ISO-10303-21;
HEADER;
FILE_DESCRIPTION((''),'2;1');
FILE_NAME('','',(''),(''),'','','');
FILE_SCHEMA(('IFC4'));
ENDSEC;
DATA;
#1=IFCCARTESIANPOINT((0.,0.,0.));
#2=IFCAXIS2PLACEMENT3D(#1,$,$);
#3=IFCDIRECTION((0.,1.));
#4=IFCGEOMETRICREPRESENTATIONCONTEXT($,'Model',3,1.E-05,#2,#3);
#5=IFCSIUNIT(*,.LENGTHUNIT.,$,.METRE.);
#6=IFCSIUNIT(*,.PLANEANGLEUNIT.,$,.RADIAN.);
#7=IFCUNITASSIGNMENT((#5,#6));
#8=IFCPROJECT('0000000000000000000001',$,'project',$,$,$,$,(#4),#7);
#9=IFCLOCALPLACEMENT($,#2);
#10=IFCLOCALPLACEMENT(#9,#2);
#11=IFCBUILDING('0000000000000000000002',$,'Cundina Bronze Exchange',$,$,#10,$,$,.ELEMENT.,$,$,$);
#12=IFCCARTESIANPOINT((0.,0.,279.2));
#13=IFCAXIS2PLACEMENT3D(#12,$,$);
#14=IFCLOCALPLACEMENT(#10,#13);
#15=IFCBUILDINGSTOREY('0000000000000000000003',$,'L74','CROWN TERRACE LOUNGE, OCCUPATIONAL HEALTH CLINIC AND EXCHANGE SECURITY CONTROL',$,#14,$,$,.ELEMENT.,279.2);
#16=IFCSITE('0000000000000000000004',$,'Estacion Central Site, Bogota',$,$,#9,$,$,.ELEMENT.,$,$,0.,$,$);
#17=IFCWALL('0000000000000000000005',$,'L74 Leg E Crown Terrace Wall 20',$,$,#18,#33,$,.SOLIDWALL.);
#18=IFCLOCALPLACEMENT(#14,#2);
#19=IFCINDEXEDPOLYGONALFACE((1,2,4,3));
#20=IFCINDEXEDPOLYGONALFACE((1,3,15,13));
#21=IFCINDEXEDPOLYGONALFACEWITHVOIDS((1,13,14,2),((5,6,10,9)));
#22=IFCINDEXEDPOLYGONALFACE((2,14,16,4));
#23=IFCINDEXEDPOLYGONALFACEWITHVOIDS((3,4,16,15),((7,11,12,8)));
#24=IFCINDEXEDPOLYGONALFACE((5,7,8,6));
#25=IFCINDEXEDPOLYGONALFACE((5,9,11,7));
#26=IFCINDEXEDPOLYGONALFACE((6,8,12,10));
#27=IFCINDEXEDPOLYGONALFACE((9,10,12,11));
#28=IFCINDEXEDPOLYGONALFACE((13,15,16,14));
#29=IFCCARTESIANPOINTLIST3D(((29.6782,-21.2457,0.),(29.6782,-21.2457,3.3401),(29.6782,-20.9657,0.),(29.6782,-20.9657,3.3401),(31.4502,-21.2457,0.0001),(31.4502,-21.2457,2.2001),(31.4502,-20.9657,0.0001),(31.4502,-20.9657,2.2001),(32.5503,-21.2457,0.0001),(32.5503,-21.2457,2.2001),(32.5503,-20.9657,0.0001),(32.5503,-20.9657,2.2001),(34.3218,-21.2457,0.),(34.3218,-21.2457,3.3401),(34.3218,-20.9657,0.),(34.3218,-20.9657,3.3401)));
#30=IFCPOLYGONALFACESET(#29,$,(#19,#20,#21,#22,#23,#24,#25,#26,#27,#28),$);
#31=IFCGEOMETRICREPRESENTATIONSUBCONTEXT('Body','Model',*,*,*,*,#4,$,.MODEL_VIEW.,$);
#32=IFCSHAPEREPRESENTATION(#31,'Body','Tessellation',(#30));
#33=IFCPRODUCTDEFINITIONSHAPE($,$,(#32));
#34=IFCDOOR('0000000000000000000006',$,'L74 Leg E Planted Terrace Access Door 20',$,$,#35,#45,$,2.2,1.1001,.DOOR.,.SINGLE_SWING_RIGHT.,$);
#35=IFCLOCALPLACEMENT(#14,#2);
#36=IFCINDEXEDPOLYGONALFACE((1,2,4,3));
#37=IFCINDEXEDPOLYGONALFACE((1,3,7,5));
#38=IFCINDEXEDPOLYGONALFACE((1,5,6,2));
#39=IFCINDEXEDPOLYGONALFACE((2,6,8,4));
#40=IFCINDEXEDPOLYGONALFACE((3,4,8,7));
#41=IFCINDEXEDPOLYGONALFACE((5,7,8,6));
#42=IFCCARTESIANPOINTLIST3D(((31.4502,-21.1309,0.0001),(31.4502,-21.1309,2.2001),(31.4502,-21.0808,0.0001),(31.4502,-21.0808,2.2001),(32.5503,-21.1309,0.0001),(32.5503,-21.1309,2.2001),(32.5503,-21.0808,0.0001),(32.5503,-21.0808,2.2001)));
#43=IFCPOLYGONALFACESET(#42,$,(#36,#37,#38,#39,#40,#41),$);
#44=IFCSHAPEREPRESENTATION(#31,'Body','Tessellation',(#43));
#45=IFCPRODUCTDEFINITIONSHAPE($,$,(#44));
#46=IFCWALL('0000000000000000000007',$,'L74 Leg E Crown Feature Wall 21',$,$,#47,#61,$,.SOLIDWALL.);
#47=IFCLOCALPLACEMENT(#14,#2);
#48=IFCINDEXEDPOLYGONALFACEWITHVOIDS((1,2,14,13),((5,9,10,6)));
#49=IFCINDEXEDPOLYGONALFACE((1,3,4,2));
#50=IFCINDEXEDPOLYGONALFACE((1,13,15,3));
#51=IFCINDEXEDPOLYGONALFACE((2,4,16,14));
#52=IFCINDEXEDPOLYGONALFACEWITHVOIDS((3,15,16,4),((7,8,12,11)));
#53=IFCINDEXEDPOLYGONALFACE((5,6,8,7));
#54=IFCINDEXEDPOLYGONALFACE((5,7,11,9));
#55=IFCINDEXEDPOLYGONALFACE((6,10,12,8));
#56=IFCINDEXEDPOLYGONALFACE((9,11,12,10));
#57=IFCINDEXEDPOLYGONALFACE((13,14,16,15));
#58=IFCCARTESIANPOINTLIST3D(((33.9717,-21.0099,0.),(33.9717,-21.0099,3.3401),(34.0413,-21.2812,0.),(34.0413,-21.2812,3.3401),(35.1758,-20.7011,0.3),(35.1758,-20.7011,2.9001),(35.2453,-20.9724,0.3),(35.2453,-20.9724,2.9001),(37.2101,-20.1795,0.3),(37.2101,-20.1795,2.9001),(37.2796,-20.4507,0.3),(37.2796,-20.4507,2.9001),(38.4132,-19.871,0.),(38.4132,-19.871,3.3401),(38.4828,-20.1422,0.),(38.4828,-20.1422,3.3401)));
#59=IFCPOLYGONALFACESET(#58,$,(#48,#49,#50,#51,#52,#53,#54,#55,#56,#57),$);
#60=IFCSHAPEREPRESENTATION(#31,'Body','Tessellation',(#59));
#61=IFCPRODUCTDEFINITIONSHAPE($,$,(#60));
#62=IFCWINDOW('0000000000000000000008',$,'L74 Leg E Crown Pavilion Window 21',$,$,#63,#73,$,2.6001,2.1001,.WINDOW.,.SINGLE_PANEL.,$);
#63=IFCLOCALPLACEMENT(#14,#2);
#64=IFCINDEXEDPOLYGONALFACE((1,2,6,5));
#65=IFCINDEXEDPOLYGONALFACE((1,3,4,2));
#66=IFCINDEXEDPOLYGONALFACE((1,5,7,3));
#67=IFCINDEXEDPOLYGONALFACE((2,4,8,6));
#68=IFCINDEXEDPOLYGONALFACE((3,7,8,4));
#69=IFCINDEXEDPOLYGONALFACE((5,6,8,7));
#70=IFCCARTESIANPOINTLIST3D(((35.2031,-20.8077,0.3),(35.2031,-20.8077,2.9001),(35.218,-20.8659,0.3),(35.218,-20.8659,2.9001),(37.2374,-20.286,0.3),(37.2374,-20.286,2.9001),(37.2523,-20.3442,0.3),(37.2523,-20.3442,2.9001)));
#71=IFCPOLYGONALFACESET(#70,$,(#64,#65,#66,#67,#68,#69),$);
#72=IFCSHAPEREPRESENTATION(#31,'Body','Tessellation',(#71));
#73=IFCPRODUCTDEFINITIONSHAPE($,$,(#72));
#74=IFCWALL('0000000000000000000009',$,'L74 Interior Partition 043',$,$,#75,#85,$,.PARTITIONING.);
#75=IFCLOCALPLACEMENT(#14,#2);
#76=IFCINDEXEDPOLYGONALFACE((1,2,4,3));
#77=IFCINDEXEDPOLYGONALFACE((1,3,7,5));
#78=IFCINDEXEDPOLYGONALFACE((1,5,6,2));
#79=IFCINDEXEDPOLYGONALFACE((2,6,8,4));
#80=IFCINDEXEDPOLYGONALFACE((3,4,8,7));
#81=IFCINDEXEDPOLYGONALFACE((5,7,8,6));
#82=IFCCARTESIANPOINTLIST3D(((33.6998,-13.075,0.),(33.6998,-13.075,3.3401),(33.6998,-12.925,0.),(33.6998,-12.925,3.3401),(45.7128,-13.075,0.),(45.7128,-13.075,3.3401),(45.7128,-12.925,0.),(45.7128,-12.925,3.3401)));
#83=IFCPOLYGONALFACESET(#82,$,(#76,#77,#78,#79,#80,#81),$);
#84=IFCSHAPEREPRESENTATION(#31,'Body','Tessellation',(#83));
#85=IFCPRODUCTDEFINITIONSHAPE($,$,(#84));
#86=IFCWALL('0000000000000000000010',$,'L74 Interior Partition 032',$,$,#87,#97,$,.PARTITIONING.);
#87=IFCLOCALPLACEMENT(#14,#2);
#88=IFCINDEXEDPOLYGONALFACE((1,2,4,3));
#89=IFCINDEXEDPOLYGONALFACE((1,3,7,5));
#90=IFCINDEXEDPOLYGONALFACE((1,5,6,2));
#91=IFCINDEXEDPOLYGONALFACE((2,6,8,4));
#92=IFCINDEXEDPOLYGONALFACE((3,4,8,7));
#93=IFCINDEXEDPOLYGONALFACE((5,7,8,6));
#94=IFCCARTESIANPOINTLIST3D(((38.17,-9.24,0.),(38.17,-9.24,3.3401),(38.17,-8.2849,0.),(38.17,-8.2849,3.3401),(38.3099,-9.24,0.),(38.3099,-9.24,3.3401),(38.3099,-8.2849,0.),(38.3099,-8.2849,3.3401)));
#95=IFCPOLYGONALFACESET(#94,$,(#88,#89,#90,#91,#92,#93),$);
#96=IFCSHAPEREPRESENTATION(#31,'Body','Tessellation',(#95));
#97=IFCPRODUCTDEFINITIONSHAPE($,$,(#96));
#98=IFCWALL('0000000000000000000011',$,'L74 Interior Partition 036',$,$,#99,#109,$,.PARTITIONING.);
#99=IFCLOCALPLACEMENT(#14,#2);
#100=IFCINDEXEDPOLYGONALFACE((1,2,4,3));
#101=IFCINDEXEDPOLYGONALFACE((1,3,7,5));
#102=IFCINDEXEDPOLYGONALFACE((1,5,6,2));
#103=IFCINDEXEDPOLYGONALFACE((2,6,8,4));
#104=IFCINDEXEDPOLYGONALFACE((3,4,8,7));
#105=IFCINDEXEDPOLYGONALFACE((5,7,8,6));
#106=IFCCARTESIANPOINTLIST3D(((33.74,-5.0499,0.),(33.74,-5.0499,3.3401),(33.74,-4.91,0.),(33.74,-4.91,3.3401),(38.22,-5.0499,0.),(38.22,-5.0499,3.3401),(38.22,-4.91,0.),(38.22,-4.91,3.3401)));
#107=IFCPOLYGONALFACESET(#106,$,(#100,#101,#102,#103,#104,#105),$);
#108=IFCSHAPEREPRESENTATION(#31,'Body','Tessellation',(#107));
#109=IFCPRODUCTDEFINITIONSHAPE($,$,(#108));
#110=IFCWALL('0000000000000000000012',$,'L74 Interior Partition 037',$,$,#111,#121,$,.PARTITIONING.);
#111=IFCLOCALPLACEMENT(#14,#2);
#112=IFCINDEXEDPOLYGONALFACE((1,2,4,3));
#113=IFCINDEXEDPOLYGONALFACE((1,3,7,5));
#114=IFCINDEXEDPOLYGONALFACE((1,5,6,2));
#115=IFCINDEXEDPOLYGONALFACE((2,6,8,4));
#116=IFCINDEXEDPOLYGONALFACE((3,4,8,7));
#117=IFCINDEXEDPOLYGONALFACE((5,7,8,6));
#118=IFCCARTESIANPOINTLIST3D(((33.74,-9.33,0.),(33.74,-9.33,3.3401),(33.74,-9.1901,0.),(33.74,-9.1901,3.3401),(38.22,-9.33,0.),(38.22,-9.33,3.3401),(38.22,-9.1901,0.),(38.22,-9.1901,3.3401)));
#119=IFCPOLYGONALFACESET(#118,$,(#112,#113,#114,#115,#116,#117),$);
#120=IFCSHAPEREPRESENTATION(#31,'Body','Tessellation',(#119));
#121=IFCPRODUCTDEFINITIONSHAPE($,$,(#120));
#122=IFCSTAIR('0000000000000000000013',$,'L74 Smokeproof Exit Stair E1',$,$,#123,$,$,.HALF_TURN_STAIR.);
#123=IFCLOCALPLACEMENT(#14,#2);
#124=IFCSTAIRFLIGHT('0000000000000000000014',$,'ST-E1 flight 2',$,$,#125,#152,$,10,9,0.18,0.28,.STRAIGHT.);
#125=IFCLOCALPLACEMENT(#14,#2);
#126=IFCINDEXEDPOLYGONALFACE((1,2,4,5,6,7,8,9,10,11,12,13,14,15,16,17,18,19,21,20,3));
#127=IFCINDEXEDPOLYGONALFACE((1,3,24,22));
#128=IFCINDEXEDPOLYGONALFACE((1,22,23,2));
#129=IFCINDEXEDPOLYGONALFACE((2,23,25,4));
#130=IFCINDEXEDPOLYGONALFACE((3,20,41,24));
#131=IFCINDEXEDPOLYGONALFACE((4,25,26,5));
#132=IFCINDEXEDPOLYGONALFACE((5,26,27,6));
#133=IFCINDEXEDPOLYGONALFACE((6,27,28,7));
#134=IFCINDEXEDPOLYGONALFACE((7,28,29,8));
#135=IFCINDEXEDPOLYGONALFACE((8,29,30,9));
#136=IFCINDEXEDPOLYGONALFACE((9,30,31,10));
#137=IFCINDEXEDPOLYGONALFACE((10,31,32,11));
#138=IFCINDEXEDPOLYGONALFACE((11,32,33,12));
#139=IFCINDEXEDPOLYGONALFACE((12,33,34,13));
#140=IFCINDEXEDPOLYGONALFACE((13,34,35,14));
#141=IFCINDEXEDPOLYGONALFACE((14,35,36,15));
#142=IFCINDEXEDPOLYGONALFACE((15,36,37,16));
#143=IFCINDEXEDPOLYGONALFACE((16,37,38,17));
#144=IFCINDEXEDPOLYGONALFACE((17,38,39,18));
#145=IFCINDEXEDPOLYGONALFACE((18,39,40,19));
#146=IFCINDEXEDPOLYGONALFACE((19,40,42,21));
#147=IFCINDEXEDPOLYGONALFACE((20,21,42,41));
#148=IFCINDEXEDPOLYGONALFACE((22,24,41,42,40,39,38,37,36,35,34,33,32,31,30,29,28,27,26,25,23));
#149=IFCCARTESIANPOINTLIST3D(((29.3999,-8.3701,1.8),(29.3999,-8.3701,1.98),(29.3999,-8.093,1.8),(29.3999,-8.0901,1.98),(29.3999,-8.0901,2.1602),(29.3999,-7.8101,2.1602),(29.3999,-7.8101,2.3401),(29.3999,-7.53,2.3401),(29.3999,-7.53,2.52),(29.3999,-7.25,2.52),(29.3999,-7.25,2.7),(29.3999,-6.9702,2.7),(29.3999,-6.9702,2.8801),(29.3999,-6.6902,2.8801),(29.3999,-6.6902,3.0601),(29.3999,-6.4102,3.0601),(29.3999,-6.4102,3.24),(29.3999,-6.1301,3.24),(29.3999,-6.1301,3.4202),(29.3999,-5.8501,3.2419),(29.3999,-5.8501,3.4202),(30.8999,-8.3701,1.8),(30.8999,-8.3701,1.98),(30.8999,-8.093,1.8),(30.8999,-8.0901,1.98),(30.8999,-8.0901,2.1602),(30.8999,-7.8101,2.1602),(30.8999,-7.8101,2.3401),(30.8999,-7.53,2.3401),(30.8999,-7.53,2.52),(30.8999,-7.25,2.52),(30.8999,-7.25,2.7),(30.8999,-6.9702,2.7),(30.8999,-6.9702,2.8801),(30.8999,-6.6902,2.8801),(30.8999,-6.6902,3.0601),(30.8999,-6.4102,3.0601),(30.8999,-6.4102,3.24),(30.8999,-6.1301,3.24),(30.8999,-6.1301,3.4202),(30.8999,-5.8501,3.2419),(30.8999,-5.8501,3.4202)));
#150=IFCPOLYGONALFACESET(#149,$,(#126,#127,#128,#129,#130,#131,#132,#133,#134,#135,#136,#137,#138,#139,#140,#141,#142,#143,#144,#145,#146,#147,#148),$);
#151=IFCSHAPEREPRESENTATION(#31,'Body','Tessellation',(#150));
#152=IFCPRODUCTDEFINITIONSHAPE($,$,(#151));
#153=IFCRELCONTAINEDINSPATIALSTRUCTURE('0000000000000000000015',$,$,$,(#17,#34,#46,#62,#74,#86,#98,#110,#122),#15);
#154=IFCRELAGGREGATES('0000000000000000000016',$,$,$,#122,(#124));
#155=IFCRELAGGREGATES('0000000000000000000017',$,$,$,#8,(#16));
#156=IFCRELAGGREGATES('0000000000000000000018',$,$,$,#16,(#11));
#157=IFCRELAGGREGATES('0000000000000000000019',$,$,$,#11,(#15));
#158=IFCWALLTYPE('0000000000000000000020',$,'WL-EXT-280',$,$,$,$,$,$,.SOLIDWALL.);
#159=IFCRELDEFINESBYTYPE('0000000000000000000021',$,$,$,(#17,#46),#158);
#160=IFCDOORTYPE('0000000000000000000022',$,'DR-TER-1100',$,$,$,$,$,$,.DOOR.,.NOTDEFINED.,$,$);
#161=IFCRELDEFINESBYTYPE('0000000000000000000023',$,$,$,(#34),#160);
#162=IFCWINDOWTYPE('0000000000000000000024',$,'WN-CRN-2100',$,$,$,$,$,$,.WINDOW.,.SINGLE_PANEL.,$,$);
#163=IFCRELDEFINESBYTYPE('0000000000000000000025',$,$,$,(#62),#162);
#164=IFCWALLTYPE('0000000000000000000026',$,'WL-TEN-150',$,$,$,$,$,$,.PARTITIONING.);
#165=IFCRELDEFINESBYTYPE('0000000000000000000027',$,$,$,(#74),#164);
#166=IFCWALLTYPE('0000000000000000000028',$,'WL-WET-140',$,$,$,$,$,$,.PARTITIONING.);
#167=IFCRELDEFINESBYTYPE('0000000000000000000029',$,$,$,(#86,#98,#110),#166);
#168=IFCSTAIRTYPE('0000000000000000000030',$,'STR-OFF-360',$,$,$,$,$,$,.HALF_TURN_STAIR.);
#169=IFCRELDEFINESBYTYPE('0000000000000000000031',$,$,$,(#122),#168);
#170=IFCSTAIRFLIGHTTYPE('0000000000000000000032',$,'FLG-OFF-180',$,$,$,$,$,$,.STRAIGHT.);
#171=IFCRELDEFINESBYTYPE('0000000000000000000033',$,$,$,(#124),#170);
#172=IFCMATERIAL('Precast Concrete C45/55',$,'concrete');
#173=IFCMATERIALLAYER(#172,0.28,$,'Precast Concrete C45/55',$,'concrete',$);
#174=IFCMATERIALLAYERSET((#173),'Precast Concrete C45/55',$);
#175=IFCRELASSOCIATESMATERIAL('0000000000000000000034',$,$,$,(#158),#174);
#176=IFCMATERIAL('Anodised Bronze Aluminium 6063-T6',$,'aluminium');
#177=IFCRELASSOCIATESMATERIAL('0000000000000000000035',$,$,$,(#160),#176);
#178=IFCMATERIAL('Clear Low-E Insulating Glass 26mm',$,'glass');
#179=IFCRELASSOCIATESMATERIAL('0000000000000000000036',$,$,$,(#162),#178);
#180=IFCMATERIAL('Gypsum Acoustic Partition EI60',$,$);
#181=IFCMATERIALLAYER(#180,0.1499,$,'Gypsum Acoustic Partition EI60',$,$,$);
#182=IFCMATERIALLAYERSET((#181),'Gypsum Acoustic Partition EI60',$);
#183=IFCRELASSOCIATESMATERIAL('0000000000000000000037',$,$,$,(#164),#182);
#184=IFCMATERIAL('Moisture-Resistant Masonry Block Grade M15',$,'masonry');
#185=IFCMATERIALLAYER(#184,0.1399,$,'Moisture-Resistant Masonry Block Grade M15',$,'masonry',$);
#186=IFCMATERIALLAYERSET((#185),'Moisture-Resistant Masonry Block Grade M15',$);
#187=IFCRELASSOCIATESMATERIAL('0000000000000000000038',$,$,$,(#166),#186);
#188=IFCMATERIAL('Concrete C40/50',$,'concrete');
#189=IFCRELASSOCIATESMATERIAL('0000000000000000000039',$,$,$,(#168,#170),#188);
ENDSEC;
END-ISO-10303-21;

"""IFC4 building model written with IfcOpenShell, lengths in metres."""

from ifc_helpers import new_model, si_unit, direction, frame, frame_2d, origin, place, context, subcontext, project, spatial, polyline, rectangle, outline, extrude, material, layer, layer_set, type_object, element, fill, aggregate, save


model = new_model("IFC4")

# Units and contexts
model_context = context("Model", 3, precision=1e-05, world=origin(), true_north=direction((0.0, 1.0)))
body_context = subcontext(model_context, "Body", "Model", "MODEL_VIEW")
ifc_project = project(units=[si_unit("LENGTHUNIT", "METRE"), si_unit("PLANEANGLEUNIT", "RADIAN")], contexts=[model_context])

# Site, building, storey
site_placement = place(None, origin())
site = spatial("IfcSite", under=ifc_project, at=site_placement, Name="Estacion Central Site, Bogota", CompositionType="ELEMENT", RefElevation=0.0)
building_placement = place(site_placement, origin())
building = spatial("IfcBuilding", under=site, at=building_placement, Name="Cundina Bronze Exchange", CompositionType="ELEMENT")
storey_placement = place(building_placement, frame((0.0, 0.0, 279.2)))
storey = spatial("IfcBuildingStorey", under=building, at=storey_placement, Name="L74", Description="CROWN TERRACE LOUNGE, OCCUPATIONAL HEALTH CLINIC AND EXCHANGE SECURITY CONTROL", CompositionType="ELEMENT", Elevation=279.2)

# Shared definitions
ifc_material_1 = material(Name="Anodised Bronze Aluminium 6063-T6", Category="aluminium")

# Wall, opening, door
ifc_material_2 = material(Name="Precast Concrete C45/55", Category="concrete")
ifc_layer_1 = layer(ifc_material_2, 0.28, Name="Precast Concrete C45/55", Category="concrete")
ifc_layer_set_1 = layer_set([ifc_layer_1], Name="Precast Concrete C45/55")
wall_type_1 = type_object("IfcWallType", Name="WL-EXT-280", PredefinedType="SOLIDWALL", material=ifc_layer_set_1)
wall_1_placement = place(storey_placement, frame((29.6782, -21.1057, 0.0), z_axis=(0.0, 0.0, 1.0), x_axis=(1.0, 0.0, 0.0)))
wall_1 = element("IfcWall", 1, at=wall_1_placement, inside=storey, type_object=wall_type_1, Name="L74 Leg E Crown Terrace Wall 20", PredefinedType="SOLIDWALL", context=body_context, shape_type="SweptSolid", body=[
    extrude(rectangle(XDim=4.6436, YDim=0.28, at=frame_2d((2.3218, 0.0))), origin(), (0.0, 0.0, 1.0), 3.3401),
])
opening_1_placement = place(wall_1_placement, frame((1.772, 0.0, 0.0)))
opening_1 = element("IfcOpeningElement", 2, at=opening_1_placement, cuts=wall_1, PredefinedType="OPENING", context=body_context, shape_type="SweptSolid", body=[
    extrude(rectangle(XDim=1.1001, YDim=2.2, at=frame_2d((0.55, 1.1001))), frame((0.0, 0.1499, 0.0), z_axis=(0.0, -1.0, 0.0), x_axis=(1.0, 0.0, 0.0)), (0.0, 0.0, 1.0), 0.3),
])
door_type_1 = type_object("IfcDoorType", Name="DR-TER-1100", OperationType="NOTDEFINED", PredefinedType="DOOR", material=ifc_material_1)
door_1_placement = place(opening_1_placement, origin())
door_1 = element("IfcDoor", 3, at=door_1_placement, inside=storey, type_object=door_type_1, Name="L74 Leg E Planted Terrace Access Door 20", OperationType="SINGLE_SWING_RIGHT", OverallHeight=2.2, OverallWidth=1.1001, PredefinedType="DOOR", context=body_context, shape_type="SweptSolid", body=[
    extrude(rectangle(XDim=1.1001, YDim=2.2, at=frame_2d((0.55, 1.1001))), frame((0.0, 0.0249, 0.0), z_axis=(0.0, -1.0, 0.0), x_axis=(1.0, 0.0, 0.0)), (0.0, 0.0, 1.0), 0.05),
])
fill(opening_1, door_1)

# Wall, opening, window
wall_2_placement = place(storey_placement, frame((34.0066, -21.1455, 0.0), z_axis=(0.0, 0.0, 1.0), x_axis=(0.968659, 0.248395, 0.0)))
wall_2 = element("IfcWall", 4, at=wall_2_placement, inside=storey, type_object=wall_type_1, Name="L74 Leg E Crown Feature Wall 21", PredefinedType="SOLIDWALL", context=body_context, shape_type="SweptSolid", body=[
    extrude(rectangle(XDim=4.5852, YDim=0.28, at=frame_2d((2.2925, 0.0))), origin(), (0.0, 0.0, 1.0), 3.3401),
])
opening_2_placement = place(wall_2_placement, frame((1.2429, 0.0, 0.3)))
opening_2 = element("IfcOpeningElement", 5, at=opening_2_placement, cuts=wall_2, PredefinedType="OPENING", context=body_context, shape_type="SweptSolid", body=[
    extrude(rectangle(XDim=2.1001, YDim=2.6001, at=frame_2d((1.05, 1.3))), frame((0.0, 0.1499, 0.0), z_axis=(0.0, -1.0, 0.0), x_axis=(1.0, 0.0, 0.0)), (0.0, 0.0, 1.0), 0.3),
])
ifc_material_3 = material(Name="Clear Low-E Insulating Glass 26mm", Category="glass")
window_type = type_object("IfcWindowType", Name="WN-CRN-2100", PartitioningType="SINGLE_PANEL", PredefinedType="WINDOW", material=ifc_material_3)
window_placement = place(opening_2_placement, origin())
window = element("IfcWindow", 6, at=window_placement, inside=storey, type_object=window_type, Name="L74 Leg E Crown Pavilion Window 21", OverallHeight=2.6001, OverallWidth=2.1001, PartitioningType="SINGLE_PANEL", PredefinedType="WINDOW", context=body_context, shape_type="SweptSolid", body=[
    extrude(rectangle(XDim=2.1001, YDim=2.6001, at=frame_2d((1.05, 1.3))), frame((0.0, 0.03, 0.0), z_axis=(0.0, -1.0, 0.0), x_axis=(1.0, 0.0, 0.0)), (0.0, 0.0, 1.0), 0.0601),
])
fill(opening_2, window)

# Walls
ifc_material_4 = material(Name="Gypsum Acoustic Partition EI60")
ifc_layer_2 = layer(ifc_material_4, 0.1499, Name="Gypsum Acoustic Partition EI60")
ifc_layer_set_2 = layer_set([ifc_layer_2], Name="Gypsum Acoustic Partition EI60")
wall_type_2 = type_object("IfcWallType", Name="WL-TEN-150", PredefinedType="PARTITIONING", material=ifc_layer_set_2)
wall_3_placement = place(storey_placement, frame((33.7, -13.0, 0.0), z_axis=(0.0, 0.0, 1.0), x_axis=(1.0, 0.0, 0.0)))
element("IfcWall", 7, at=wall_3_placement, inside=storey, type_object=wall_type_2, Name="L74 Interior Partition 043", PredefinedType="PARTITIONING", context=body_context, shape_type="SweptSolid", body=[
    extrude(rectangle(XDim=12.0129, YDim=0.1499, at=frame_2d((6.0063, 0.0))), origin(), (0.0, 0.0, 1.0), 3.3401),
])
ifc_material_5 = material(Name="Moisture-Resistant Masonry Block Grade M15", Category="masonry")
ifc_layer_3 = layer(ifc_material_5, 0.1399, Name="Moisture-Resistant Masonry Block Grade M15", Category="masonry")
ifc_layer_set_3 = layer_set([ifc_layer_3], Name="Moisture-Resistant Masonry Block Grade M15")
wall_type_3 = type_object("IfcWallType", Name="WL-WET-140", PredefinedType="PARTITIONING", material=ifc_layer_set_3)
wall_4_placement = place(storey_placement, frame((38.24, -9.24, 0.0), z_axis=(0.0, 0.0, 1.0), x_axis=(0.0, 1.0, 0.0)))
element("IfcWall", 8, at=wall_4_placement, inside=storey, type_object=wall_type_3, Name="L74 Interior Partition 032", PredefinedType="PARTITIONING", context=body_context, shape_type="SweptSolid", body=[
    extrude(rectangle(XDim=0.9551, YDim=0.1399, at=frame_2d((0.4775, 0.0))), origin(), (0.0, 0.0, 1.0), 3.3401),
])
for number, where, z_axis, x_axis, name in (
    (9, (33.74, -4.98, 0.0), (0.0, 0.0, 1.0), (1.0, 0.0, 0.0), "L74 Interior Partition 036"),
    (10, (33.74, -9.26, 0.0), (0.0, 0.0, 1.0), (1.0, 0.0, 0.0), "L74 Interior Partition 037"),
):
    element("IfcWall", number, at=place(storey_placement, frame(where, z_axis=z_axis, x_axis=x_axis)), inside=storey, type_object=wall_type_3, Name=name, PredefinedType="PARTITIONING", context=body_context, shape_type="SweptSolid", body=[
        extrude(rectangle(XDim=4.48, YDim=0.1399, at=frame_2d((2.24, 0.0))), origin(), (0.0, 0.0, 1.0), 3.3401),
    ])

# Stair, stair flight
ifc_material_6 = material(Name="Concrete C40/50", Category="concrete")
stair_type = type_object("IfcStairType", Name="STR-OFF-360", PredefinedType="HALF_TURN_STAIR", material=ifc_material_6)
stair_placement = place(storey_placement, origin())
stair = element("IfcStair", 11, at=stair_placement, inside=storey, type_object=stair_type, Name="L74 Smokeproof Exit Stair E1", PredefinedType="HALF_TURN_STAIR")
stair_flight_type = type_object("IfcStairFlightType", Name="FLG-OFF-180", PredefinedType="STRAIGHT", material=ifc_material_6)
stair_flight_placement = place(storey_placement, frame((30.1499, -8.3701, 1.8), z_axis=(0.0, 0.0, 1.0), x_axis=(0.0, 1.0, 0.0)))
stair_flight = element("IfcStairFlight", 12, at=stair_flight_placement, type_object=stair_flight_type, Name="ST-E1 flight 2", NumberOfRisers=10, NumberOfTreads=9, PredefinedType="STRAIGHT", RiserHeight=0.18, TreadLength=0.28, context=body_context, shape_type="SweptSolid", body=[
    extrude(outline(polyline([(0.0, 0.0), (0.0, 0.1799), (0.28, 0.1799), (0.28, 0.3601), (0.5601, 0.3601), (0.5601, 0.54), (0.8401, 0.54), (0.8401, 0.72), (1.1201, 0.72), (1.1201, 0.8999), (1.3999, 0.8999), (1.3999, 1.0801), (1.6799, 1.0801), (1.6799, 1.26), (1.96, 1.26), (1.96, 1.4399), (2.24, 1.4399), (2.24, 1.6201), (2.52, 1.6201), (2.52, 1.8), (2.52, 1.4419), (0.2771, 0.0), (0.0, 0.0)])), frame((0.0, 0.75, 0.0), z_axis=(0.0, -1.0, 0.0), x_axis=(1.0, 0.0, 0.0)), (0.0, 0.0, 1.0), 1.5),
])
aggregate(stair, [stair_flight])

save(model, "model.ifc")
